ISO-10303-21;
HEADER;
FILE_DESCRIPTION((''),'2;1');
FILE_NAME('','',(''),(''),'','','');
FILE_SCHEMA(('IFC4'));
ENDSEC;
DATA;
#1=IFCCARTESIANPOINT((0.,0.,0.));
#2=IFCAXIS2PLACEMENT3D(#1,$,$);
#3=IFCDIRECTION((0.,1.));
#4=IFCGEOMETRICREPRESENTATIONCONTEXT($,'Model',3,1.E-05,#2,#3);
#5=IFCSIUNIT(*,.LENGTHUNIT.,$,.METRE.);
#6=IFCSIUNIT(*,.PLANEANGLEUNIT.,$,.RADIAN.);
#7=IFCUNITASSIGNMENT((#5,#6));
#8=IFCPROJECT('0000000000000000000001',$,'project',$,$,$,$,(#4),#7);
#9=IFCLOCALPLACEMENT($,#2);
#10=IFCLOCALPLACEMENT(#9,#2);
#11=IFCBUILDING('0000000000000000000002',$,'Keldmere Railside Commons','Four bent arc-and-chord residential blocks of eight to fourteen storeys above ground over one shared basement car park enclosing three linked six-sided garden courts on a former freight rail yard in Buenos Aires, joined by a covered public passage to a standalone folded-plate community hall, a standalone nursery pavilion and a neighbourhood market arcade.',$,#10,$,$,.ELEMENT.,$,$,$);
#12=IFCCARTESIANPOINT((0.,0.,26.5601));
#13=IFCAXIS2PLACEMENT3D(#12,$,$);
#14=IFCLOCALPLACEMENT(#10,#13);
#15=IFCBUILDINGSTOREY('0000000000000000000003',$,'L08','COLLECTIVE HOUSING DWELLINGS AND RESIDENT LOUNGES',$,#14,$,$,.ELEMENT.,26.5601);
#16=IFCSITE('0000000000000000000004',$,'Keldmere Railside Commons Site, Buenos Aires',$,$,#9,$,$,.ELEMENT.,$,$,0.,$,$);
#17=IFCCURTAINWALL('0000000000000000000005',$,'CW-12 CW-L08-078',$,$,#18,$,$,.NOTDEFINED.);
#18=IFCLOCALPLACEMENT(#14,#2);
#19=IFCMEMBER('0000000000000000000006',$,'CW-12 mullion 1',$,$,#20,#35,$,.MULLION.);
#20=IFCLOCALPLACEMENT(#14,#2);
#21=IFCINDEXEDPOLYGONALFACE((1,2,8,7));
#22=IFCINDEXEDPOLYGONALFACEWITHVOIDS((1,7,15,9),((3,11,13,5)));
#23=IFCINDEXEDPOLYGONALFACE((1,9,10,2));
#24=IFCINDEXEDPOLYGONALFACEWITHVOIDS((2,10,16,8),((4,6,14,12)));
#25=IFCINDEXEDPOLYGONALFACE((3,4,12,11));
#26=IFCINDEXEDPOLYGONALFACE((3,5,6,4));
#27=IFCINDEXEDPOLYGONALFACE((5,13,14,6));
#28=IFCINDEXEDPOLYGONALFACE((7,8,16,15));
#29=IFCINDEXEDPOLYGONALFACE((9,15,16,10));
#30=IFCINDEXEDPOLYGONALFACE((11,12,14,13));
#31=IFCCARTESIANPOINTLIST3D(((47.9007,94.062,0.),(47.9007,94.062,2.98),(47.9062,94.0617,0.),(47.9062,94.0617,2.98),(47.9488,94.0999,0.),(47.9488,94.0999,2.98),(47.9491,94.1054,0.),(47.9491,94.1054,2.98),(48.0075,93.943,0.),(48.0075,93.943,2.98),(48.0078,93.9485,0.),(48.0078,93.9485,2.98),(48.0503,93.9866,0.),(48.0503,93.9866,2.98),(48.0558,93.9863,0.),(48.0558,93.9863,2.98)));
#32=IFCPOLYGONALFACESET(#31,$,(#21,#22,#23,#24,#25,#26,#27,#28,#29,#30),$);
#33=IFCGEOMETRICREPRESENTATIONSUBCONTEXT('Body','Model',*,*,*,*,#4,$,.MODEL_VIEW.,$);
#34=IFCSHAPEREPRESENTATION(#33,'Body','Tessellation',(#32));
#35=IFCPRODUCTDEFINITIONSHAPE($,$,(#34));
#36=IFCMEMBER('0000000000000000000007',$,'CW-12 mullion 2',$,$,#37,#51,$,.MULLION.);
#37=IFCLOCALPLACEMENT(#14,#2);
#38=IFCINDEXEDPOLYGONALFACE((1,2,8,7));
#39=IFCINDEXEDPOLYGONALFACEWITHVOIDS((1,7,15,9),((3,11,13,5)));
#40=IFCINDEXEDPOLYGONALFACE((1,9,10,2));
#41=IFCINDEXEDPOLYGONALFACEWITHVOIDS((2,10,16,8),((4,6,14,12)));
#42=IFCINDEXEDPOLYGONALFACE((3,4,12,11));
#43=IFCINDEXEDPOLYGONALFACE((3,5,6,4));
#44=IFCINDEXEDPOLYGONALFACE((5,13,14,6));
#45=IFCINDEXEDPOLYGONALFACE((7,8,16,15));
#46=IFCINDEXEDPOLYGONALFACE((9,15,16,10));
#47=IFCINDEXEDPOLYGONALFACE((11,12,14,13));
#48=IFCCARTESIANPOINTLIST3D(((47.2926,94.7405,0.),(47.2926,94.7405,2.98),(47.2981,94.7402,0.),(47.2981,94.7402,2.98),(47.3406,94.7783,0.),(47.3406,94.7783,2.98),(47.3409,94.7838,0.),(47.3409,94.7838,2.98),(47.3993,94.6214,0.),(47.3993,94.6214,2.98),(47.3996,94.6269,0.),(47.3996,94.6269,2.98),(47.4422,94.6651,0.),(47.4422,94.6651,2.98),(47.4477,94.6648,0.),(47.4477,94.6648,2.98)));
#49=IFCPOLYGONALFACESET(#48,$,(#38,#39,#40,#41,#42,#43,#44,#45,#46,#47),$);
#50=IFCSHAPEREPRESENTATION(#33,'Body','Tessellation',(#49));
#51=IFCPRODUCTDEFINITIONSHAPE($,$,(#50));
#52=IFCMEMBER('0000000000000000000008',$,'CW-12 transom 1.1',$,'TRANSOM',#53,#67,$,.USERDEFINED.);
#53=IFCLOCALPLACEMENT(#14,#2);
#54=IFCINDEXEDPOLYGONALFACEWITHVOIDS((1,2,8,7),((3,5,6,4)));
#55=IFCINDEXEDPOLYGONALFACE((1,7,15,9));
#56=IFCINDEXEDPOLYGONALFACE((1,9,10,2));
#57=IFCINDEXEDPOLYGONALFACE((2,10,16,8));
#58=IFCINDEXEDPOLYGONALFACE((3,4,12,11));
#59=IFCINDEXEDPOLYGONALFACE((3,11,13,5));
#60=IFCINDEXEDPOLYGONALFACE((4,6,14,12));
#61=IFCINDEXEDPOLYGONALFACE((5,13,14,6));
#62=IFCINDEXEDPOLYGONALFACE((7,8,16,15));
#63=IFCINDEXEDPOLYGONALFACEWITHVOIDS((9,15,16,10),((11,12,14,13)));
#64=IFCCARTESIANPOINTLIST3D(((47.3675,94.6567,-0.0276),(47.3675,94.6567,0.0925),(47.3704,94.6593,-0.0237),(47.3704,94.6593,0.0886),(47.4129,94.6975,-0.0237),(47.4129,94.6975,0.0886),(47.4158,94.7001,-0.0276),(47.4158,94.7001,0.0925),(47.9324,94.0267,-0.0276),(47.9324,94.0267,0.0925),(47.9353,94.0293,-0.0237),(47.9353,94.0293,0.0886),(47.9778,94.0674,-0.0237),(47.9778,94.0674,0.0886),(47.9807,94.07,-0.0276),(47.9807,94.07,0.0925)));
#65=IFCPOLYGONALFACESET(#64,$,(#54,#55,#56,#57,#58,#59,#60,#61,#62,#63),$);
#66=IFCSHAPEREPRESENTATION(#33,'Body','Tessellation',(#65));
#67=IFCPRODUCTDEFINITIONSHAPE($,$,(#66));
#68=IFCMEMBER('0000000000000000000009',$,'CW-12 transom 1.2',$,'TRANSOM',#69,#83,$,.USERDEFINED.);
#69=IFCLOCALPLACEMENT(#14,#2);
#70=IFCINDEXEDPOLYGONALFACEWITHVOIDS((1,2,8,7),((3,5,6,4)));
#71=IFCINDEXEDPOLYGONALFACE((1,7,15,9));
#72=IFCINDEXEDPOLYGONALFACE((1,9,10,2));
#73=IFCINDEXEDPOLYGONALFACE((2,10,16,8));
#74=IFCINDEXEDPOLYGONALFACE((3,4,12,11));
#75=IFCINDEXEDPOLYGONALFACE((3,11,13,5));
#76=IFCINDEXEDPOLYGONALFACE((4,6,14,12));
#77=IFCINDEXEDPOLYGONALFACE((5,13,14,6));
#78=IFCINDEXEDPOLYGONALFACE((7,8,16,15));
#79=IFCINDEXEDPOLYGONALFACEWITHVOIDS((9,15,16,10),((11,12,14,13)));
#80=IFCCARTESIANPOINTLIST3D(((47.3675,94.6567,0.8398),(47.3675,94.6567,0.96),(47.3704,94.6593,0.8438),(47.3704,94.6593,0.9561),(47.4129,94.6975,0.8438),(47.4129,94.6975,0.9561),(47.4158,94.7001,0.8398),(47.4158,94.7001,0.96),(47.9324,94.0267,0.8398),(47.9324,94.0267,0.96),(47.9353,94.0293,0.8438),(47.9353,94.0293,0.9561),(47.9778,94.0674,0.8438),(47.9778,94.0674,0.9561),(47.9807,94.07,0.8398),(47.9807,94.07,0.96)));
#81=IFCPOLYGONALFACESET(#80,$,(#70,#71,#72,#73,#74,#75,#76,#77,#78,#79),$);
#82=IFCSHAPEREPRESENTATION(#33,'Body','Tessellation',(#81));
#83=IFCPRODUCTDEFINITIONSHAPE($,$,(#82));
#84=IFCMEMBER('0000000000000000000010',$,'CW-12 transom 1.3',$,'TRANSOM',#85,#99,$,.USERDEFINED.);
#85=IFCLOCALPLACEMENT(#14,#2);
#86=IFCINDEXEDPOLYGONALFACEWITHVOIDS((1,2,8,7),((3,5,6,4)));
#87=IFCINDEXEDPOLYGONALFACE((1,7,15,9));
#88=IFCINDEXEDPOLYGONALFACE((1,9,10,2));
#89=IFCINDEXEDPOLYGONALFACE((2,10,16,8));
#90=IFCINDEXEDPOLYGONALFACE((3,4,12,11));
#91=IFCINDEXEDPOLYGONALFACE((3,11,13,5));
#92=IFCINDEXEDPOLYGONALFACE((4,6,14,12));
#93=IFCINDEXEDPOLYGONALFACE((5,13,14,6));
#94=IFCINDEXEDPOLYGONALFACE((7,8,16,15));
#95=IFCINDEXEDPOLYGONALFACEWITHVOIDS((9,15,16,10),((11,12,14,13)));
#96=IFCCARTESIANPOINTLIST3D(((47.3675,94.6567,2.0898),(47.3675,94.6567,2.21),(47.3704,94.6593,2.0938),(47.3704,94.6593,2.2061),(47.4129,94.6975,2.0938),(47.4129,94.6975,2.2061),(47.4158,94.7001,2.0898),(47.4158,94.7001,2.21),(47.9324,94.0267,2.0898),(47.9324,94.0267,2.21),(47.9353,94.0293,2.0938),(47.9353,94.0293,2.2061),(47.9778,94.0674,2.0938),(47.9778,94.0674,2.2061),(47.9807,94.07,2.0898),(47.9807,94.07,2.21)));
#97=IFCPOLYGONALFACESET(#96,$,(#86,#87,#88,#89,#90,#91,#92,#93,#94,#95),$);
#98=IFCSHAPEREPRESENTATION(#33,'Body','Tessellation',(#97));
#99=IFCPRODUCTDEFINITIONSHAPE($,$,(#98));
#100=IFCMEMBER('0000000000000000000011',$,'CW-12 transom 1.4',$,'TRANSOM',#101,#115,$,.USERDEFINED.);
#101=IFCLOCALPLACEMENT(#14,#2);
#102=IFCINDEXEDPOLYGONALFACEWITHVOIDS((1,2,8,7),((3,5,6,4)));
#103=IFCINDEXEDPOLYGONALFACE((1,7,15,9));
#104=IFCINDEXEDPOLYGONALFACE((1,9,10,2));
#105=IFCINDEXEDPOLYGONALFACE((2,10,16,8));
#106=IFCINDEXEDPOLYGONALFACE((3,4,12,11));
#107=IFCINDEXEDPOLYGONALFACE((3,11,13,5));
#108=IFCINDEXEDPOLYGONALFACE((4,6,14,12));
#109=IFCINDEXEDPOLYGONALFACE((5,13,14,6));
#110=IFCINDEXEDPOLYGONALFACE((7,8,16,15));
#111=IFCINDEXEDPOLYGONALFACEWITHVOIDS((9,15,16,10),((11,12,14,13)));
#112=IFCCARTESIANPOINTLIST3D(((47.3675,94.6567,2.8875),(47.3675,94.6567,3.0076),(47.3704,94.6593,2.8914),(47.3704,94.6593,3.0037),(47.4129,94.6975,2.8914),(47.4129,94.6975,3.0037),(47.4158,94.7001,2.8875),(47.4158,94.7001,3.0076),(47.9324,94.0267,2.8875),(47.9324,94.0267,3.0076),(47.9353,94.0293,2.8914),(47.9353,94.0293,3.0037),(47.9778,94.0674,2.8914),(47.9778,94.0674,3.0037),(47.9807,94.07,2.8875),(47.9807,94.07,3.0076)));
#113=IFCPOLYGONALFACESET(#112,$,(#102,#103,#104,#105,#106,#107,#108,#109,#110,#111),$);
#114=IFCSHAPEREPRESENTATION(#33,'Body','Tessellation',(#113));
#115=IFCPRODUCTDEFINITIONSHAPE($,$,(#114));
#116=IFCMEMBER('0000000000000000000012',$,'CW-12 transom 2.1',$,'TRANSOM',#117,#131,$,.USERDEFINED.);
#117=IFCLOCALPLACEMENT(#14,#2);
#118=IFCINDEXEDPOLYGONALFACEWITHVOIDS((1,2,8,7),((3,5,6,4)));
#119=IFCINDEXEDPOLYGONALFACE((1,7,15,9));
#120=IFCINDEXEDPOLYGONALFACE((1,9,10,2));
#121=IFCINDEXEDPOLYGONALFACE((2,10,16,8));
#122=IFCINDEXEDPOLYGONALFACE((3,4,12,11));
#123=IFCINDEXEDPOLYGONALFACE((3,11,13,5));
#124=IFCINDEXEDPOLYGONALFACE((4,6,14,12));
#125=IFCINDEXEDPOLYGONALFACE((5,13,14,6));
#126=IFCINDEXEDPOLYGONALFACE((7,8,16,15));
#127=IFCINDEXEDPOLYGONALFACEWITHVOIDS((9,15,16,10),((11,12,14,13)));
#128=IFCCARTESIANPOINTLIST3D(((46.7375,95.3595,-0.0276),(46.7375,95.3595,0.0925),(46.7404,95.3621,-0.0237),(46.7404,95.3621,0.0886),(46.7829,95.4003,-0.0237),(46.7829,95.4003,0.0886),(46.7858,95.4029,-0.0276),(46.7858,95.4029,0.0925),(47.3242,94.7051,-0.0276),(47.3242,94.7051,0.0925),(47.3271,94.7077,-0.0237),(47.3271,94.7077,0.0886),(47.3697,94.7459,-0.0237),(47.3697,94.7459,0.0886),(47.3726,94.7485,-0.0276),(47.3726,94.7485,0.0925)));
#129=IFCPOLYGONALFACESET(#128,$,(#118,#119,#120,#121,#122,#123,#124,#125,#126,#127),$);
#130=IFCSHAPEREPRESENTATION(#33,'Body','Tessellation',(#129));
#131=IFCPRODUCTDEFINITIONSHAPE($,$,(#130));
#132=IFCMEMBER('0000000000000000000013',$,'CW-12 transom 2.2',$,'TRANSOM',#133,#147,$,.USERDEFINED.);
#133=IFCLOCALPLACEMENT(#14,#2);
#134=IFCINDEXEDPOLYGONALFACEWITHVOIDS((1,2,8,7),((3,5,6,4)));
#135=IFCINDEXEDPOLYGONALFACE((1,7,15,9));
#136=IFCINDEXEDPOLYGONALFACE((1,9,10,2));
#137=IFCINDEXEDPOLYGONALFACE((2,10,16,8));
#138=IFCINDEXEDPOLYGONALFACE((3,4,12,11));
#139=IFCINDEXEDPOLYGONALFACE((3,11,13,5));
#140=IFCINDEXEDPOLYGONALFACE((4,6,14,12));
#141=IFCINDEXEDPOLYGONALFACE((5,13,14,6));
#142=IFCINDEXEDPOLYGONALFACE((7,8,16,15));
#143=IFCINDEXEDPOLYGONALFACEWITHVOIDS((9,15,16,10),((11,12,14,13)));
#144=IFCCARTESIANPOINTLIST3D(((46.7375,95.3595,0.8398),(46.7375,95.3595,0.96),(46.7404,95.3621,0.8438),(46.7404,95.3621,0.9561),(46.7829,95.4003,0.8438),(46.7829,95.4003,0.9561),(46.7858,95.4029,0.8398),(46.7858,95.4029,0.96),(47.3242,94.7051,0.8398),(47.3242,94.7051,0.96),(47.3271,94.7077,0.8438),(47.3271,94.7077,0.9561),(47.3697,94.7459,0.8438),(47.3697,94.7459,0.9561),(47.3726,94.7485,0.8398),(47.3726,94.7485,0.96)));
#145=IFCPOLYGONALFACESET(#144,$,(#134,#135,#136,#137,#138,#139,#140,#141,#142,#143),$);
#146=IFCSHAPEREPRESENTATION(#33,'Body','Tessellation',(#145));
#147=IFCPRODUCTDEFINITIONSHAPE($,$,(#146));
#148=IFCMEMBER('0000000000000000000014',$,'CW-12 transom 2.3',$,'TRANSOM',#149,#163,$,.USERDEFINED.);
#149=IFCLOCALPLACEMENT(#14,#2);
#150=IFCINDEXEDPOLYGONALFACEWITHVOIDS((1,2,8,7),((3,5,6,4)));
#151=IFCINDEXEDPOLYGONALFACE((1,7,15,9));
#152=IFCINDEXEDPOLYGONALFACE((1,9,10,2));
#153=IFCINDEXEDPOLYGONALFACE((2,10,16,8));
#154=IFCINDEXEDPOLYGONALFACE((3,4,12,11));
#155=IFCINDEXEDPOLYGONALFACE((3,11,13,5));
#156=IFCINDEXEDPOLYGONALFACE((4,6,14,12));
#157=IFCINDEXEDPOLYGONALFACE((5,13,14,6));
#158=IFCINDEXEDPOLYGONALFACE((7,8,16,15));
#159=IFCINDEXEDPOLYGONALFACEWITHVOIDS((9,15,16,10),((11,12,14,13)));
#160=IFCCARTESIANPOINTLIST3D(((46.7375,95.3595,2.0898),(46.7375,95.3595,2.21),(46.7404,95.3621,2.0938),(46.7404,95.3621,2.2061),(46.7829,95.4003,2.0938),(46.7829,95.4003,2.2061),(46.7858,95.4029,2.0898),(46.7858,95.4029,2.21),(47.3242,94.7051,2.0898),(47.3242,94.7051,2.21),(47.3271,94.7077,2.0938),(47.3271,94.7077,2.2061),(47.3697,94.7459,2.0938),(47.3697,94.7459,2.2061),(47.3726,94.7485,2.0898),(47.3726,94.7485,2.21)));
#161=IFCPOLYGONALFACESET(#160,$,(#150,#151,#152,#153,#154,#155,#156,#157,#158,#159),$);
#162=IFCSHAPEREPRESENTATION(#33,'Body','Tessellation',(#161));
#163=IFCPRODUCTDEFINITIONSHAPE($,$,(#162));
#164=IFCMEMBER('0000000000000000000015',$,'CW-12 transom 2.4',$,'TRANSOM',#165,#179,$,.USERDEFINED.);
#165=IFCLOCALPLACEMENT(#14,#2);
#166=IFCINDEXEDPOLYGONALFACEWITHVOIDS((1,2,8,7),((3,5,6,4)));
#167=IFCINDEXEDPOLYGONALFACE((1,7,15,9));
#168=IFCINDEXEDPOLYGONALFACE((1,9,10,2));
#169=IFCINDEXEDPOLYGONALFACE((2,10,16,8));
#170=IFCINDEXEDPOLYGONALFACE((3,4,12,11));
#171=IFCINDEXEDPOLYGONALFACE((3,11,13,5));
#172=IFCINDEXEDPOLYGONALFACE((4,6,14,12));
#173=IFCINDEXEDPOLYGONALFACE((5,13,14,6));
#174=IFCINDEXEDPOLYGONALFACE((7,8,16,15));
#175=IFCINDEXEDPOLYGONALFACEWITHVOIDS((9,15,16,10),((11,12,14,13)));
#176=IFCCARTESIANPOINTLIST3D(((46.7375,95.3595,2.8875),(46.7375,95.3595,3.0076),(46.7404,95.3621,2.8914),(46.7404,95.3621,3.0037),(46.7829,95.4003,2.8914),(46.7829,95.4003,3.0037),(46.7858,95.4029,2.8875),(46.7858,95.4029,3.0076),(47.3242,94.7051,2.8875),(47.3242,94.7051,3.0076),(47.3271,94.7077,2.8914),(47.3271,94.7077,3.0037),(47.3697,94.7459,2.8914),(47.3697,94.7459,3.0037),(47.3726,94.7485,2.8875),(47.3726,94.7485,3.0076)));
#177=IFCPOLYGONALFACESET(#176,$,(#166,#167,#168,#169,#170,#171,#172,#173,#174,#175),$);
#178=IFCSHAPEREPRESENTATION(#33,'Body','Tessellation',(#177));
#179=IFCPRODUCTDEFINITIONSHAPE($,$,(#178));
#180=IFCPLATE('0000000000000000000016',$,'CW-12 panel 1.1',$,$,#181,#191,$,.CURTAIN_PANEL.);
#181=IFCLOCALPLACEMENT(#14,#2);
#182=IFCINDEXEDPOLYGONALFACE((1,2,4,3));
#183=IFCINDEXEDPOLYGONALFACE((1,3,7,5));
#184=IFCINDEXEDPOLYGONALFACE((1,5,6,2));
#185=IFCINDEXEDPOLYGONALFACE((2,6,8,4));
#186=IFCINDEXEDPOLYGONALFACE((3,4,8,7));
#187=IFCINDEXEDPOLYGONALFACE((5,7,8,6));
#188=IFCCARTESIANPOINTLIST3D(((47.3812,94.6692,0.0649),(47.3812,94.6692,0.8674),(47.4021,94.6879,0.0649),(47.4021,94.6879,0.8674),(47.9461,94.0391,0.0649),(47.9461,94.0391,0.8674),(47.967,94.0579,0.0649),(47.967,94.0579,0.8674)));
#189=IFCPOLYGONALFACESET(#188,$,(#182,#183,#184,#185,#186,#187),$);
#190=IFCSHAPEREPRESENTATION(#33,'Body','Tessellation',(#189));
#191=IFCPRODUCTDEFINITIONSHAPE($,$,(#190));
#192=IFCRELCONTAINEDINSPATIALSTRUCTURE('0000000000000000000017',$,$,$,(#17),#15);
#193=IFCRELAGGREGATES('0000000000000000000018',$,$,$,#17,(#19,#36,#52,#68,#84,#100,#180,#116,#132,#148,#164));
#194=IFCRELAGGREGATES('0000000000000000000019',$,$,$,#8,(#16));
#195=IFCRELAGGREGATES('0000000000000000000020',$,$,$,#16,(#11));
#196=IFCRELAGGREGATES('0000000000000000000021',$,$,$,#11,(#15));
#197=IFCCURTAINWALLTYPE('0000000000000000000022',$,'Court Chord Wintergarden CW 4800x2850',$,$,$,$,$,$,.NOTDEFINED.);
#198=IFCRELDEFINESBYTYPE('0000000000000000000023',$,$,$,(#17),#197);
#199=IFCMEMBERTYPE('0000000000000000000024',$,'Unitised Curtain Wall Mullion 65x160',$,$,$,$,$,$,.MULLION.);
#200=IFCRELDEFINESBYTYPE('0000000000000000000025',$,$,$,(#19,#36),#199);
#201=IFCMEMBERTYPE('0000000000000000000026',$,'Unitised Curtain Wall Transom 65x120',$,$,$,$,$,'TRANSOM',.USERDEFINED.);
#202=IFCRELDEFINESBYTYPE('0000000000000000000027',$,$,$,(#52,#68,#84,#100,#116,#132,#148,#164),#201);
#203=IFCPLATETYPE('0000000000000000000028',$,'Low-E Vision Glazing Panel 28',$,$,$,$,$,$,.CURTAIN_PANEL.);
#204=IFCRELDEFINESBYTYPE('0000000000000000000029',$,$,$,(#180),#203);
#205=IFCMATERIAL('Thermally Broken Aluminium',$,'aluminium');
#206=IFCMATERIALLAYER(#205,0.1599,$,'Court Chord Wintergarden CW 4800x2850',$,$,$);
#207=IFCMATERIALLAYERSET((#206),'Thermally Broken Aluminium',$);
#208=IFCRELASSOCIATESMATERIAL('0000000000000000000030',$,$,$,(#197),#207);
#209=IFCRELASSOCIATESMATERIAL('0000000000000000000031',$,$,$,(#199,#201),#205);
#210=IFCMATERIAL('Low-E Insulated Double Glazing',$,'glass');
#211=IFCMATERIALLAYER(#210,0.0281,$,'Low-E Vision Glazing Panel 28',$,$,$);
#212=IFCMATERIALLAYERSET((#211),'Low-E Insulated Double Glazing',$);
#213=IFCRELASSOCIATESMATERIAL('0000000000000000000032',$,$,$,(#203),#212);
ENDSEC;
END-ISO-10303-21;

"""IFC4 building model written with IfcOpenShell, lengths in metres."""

from ifc_helpers import new_model, si_unit, direction, frame, origin, origin_2d, place, context, subcontext, project, spatial, rectangle, hollow_rectangle, extrude, material, layer, layer_set, material_profile, profile_set, type_object, element, aggregate, save


model = new_model("IFC4")

# Units and contexts
model_context = context("Model", 3, precision=1e-05, world=origin(), true_north=direction((0.0, 1.0)))
body_context = subcontext(model_context, "Body", "Model", "MODEL_VIEW")
ifc_project = project(units=[si_unit("LENGTHUNIT", "METRE"), si_unit("PLANEANGLEUNIT", "RADIAN")], contexts=[model_context])

# Site, building, storey
site_placement = place(None, origin())
site = spatial("IfcSite", under=ifc_project, at=site_placement, Name="Keldmere Railside Commons Site, Buenos Aires", CompositionType="ELEMENT", RefElevation=0.0)
building_placement = place(site_placement, origin())
building = spatial("IfcBuilding", under=site, at=building_placement, Name="Keldmere Railside Commons", Description="Four bent arc-and-chord residential blocks of eight to fourteen storeys above ground over one shared basement car park enclosing three linked six-sided garden courts on a former freight rail yard in Buenos Aires, joined by a covered public passage to a standalone folded-plate community hall, a standalone nursery pavilion and a neighbourhood market arcade.", CompositionType="ELEMENT")
storey_placement = place(building_placement, frame((0.0, 0.0, 26.5601)))
storey = spatial("IfcBuildingStorey", under=building, at=storey_placement, Name="L08", Description="COLLECTIVE HOUSING DWELLINGS AND RESIDENT LOUNGES", CompositionType="ELEMENT", Elevation=26.5601)

# Curtain wall, members, plate
ifc_material_1 = material(Name="Thermally Broken Aluminium", Category="aluminium")
ifc_layer_1 = layer(ifc_material_1, 0.1599, Name="Court Chord Wintergarden CW 4800x2850")
ifc_layer_set_1 = layer_set([ifc_layer_1], Name="Thermally Broken Aluminium")
curtain_wall_type = type_object("IfcCurtainWallType", Name="Court Chord Wintergarden CW 4800x2850", PredefinedType="NOTDEFINED", material=ifc_layer_set_1)
curtain_wall_placement = place(storey_placement, origin())
curtain_wall = element("IfcCurtainWall", 1, at=curtain_wall_placement, inside=storey, type_object=curtain_wall_type, Name="CW-12 CW-L08-078", PredefinedType="NOTDEFINED")
ifc_material_profile_1 = material_profile(ifc_material_1, hollow_rectangle(XDim=0.0649, YDim=0.1599, WallThickness=0.0039, at=origin_2d()), Name="ALU-MULL-65x160")
ifc_profile_set_1 = profile_set([ifc_material_profile_1], Name="Thermally Broken Aluminium")
member_type_1 = type_object("IfcMemberType", Name="Unitised Curtain Wall Mullion 65x160", PredefinedType="MULLION", material=ifc_profile_set_1)
member_1_placement = place(storey_placement, frame((47.9783, 94.0242, 0.0), z_axis=(0.0, 0.0, 1.0), x_axis=(-0.744557, -0.667559, 0.0)))
member_1 = element("IfcMember", 2, at=member_1_placement, type_object=member_type_1, Name="CW-12 mullion 1", PredefinedType="MULLION", context=body_context, shape_type="SweptSolid", body=[
    extrude(hollow_rectangle(XDim=0.0649, YDim=0.1599, WallThickness=0.0039, at=origin_2d()), origin(), (0.0, 0.0, 1.0), 2.98),
])
member_2_placement = place(storey_placement, frame((47.3701, 94.7026, 0.0), z_axis=(0.0, 0.0, 1.0), x_axis=(-0.744557, -0.667559, 0.0)))
member_2 = element("IfcMember", 3, at=member_2_placement, type_object=member_type_1, Name="CW-12 mullion 2", PredefinedType="MULLION", context=body_context, shape_type="SweptSolid", body=[
    extrude(hollow_rectangle(XDim=0.0649, YDim=0.1599, WallThickness=0.0039, at=origin_2d()), origin(), (0.0, 0.0, 1.0), 2.98),
])
ifc_material_profile_2 = material_profile(ifc_material_1, hollow_rectangle(XDim=0.0649, YDim=0.1201, WallThickness=0.0039, at=origin_2d()), Name="ALU-TRAN-65x120")
ifc_profile_set_2 = profile_set([ifc_material_profile_2], Name="Thermally Broken Aluminium")
member_type_2 = type_object("IfcMemberType", Name="Unitised Curtain Wall Transom 65x120", ElementType="TRANSOM", PredefinedType="USERDEFINED", material=ifc_profile_set_2)
member_3_placement = place(storey_placement, frame((47.9565, 94.0483, 0.0325), z_axis=(-0.667545, 0.744569, 0.0), x_axis=(-0.744569, -0.667545, 0.0)))
member_3 = element("IfcMember", 4, at=member_3_placement, type_object=member_type_2, Name="CW-12 transom 1.1", ObjectType="TRANSOM", PredefinedType="USERDEFINED", context=body_context, shape_type="SweptSolid", body=[
    extrude(hollow_rectangle(XDim=0.0649, YDim=0.1201, WallThickness=0.0039, at=origin_2d()), origin(), (0.0, 0.0, 1.0), 0.8462),
])
member_4_placement = place(storey_placement, frame((47.9565, 94.0483, 0.8999), z_axis=(-0.667545, 0.744569, 0.0), x_axis=(-0.744569, -0.667545, 0.0)))
member_4 = element("IfcMember", 5, at=member_4_placement, type_object=member_type_2, Name="CW-12 transom 1.2", ObjectType="TRANSOM", PredefinedType="USERDEFINED", context=body_context, shape_type="SweptSolid", body=[
    extrude(hollow_rectangle(XDim=0.0649, YDim=0.1201, WallThickness=0.0039, at=origin_2d()), origin(), (0.0, 0.0, 1.0), 0.8462),
])
member_5_placement = place(storey_placement, frame((47.9565, 94.0483, 2.1499), z_axis=(-0.667545, 0.744569, 0.0), x_axis=(-0.744569, -0.667545, 0.0)))
member_5 = element("IfcMember", 6, at=member_5_placement, type_object=member_type_2, Name="CW-12 transom 1.3", ObjectType="TRANSOM", PredefinedType="USERDEFINED", context=body_context, shape_type="SweptSolid", body=[
    extrude(hollow_rectangle(XDim=0.0649, YDim=0.1201, WallThickness=0.0039, at=origin_2d()), origin(), (0.0, 0.0, 1.0), 0.8462),
])
member_6_placement = place(storey_placement, frame((47.9565, 94.0483, 2.9475), z_axis=(-0.667545, 0.744569, 0.0), x_axis=(-0.744569, -0.667545, 0.0)))
member_6 = element("IfcMember", 7, at=member_6_placement, type_object=member_type_2, Name="CW-12 transom 1.4", ObjectType="TRANSOM", PredefinedType="USERDEFINED", context=body_context, shape_type="SweptSolid", body=[
    extrude(hollow_rectangle(XDim=0.0649, YDim=0.1201, WallThickness=0.0039, at=origin_2d()), origin(), (0.0, 0.0, 1.0), 0.8462),
])
member_7_placement = place(storey_placement, frame((47.3484, 94.7268, 0.0325), z_axis=(-0.667582, 0.744536, 0.0), x_axis=(-0.744536, -0.667582, 0.0)))
member_7 = element("IfcMember", 8, at=member_7_placement, type_object=member_type_2, Name="CW-12 transom 2.1", ObjectType="TRANSOM", PredefinedType="USERDEFINED", context=body_context, shape_type="SweptSolid", body=[
    extrude(hollow_rectangle(XDim=0.0649, YDim=0.1201, WallThickness=0.0039, at=origin_2d()), origin(), (0.0, 0.0, 1.0), 0.8789),
])
member_8_placement = place(storey_placement, frame((47.3484, 94.7268, 0.8999), z_axis=(-0.667582, 0.744536, 0.0), x_axis=(-0.744536, -0.667582, 0.0)))
member_8 = element("IfcMember", 9, at=member_8_placement, type_object=member_type_2, Name="CW-12 transom 2.2", ObjectType="TRANSOM", PredefinedType="USERDEFINED", context=body_context, shape_type="SweptSolid", body=[
    extrude(hollow_rectangle(XDim=0.0649, YDim=0.1201, WallThickness=0.0039, at=origin_2d()), origin(), (0.0, 0.0, 1.0), 0.8789),
])
member_9_placement = place(storey_placement, frame((47.3484, 94.7268, 2.1499), z_axis=(-0.667582, 0.744536, 0.0), x_axis=(-0.744536, -0.667582, 0.0)))
member_9 = element("IfcMember", 10, at=member_9_placement, type_object=member_type_2, Name="CW-12 transom 2.3", ObjectType="TRANSOM", PredefinedType="USERDEFINED", context=body_context, shape_type="SweptSolid", body=[
    extrude(hollow_rectangle(XDim=0.0649, YDim=0.1201, WallThickness=0.0039, at=origin_2d()), origin(), (0.0, 0.0, 1.0), 0.8789),
])
member_10_placement = place(storey_placement, frame((47.3484, 94.7268, 2.9475), z_axis=(-0.667582, 0.744536, 0.0), x_axis=(-0.744536, -0.667582, 0.0)))
member_10 = element("IfcMember", 11, at=member_10_placement, type_object=member_type_2, Name="CW-12 transom 2.4", ObjectType="TRANSOM", PredefinedType="USERDEFINED", context=body_context, shape_type="SweptSolid", body=[
    extrude(hollow_rectangle(XDim=0.0649, YDim=0.1201, WallThickness=0.0039, at=origin_2d()), origin(), (0.0, 0.0, 1.0), 0.8789),
])
ifc_material_2 = material(Name="Low-E Insulated Double Glazing", Category="glass")
ifc_layer_2 = layer(ifc_material_2, 0.0281, Name="Low-E Vision Glazing Panel 28")
ifc_layer_set_2 = layer_set([ifc_layer_2], Name="Low-E Insulated Double Glazing")
plate_type = type_object("IfcPlateType", Name="Low-E Vision Glazing Panel 28", PredefinedType="CURTAIN_PANEL", material=ifc_layer_set_2)
plate_1_placement = place(storey_placement, frame((47.6741, 94.3635, 0.0649), z_axis=(0.0, 0.0, 1.0), x_axis=(-0.667559, 0.744557, 0.0)))
plate_1 = element("IfcPlate", 12, at=plate_1_placement, type_object=plate_type, Name="CW-12 panel 1.1", PredefinedType="CURTAIN_PANEL", context=body_context, shape_type="SweptSolid", body=[
    extrude(rectangle(XDim=0.8462, YDim=0.0281, at=origin_2d()), origin(), (0.0, 0.0, 1.0), 0.8025),
])
aggregate(curtain_wall, [member_1, member_2, member_3, member_4, member_5, member_6, plate_1, member_7, member_8, member_9, member_10])

save(model, "model.ifc")
